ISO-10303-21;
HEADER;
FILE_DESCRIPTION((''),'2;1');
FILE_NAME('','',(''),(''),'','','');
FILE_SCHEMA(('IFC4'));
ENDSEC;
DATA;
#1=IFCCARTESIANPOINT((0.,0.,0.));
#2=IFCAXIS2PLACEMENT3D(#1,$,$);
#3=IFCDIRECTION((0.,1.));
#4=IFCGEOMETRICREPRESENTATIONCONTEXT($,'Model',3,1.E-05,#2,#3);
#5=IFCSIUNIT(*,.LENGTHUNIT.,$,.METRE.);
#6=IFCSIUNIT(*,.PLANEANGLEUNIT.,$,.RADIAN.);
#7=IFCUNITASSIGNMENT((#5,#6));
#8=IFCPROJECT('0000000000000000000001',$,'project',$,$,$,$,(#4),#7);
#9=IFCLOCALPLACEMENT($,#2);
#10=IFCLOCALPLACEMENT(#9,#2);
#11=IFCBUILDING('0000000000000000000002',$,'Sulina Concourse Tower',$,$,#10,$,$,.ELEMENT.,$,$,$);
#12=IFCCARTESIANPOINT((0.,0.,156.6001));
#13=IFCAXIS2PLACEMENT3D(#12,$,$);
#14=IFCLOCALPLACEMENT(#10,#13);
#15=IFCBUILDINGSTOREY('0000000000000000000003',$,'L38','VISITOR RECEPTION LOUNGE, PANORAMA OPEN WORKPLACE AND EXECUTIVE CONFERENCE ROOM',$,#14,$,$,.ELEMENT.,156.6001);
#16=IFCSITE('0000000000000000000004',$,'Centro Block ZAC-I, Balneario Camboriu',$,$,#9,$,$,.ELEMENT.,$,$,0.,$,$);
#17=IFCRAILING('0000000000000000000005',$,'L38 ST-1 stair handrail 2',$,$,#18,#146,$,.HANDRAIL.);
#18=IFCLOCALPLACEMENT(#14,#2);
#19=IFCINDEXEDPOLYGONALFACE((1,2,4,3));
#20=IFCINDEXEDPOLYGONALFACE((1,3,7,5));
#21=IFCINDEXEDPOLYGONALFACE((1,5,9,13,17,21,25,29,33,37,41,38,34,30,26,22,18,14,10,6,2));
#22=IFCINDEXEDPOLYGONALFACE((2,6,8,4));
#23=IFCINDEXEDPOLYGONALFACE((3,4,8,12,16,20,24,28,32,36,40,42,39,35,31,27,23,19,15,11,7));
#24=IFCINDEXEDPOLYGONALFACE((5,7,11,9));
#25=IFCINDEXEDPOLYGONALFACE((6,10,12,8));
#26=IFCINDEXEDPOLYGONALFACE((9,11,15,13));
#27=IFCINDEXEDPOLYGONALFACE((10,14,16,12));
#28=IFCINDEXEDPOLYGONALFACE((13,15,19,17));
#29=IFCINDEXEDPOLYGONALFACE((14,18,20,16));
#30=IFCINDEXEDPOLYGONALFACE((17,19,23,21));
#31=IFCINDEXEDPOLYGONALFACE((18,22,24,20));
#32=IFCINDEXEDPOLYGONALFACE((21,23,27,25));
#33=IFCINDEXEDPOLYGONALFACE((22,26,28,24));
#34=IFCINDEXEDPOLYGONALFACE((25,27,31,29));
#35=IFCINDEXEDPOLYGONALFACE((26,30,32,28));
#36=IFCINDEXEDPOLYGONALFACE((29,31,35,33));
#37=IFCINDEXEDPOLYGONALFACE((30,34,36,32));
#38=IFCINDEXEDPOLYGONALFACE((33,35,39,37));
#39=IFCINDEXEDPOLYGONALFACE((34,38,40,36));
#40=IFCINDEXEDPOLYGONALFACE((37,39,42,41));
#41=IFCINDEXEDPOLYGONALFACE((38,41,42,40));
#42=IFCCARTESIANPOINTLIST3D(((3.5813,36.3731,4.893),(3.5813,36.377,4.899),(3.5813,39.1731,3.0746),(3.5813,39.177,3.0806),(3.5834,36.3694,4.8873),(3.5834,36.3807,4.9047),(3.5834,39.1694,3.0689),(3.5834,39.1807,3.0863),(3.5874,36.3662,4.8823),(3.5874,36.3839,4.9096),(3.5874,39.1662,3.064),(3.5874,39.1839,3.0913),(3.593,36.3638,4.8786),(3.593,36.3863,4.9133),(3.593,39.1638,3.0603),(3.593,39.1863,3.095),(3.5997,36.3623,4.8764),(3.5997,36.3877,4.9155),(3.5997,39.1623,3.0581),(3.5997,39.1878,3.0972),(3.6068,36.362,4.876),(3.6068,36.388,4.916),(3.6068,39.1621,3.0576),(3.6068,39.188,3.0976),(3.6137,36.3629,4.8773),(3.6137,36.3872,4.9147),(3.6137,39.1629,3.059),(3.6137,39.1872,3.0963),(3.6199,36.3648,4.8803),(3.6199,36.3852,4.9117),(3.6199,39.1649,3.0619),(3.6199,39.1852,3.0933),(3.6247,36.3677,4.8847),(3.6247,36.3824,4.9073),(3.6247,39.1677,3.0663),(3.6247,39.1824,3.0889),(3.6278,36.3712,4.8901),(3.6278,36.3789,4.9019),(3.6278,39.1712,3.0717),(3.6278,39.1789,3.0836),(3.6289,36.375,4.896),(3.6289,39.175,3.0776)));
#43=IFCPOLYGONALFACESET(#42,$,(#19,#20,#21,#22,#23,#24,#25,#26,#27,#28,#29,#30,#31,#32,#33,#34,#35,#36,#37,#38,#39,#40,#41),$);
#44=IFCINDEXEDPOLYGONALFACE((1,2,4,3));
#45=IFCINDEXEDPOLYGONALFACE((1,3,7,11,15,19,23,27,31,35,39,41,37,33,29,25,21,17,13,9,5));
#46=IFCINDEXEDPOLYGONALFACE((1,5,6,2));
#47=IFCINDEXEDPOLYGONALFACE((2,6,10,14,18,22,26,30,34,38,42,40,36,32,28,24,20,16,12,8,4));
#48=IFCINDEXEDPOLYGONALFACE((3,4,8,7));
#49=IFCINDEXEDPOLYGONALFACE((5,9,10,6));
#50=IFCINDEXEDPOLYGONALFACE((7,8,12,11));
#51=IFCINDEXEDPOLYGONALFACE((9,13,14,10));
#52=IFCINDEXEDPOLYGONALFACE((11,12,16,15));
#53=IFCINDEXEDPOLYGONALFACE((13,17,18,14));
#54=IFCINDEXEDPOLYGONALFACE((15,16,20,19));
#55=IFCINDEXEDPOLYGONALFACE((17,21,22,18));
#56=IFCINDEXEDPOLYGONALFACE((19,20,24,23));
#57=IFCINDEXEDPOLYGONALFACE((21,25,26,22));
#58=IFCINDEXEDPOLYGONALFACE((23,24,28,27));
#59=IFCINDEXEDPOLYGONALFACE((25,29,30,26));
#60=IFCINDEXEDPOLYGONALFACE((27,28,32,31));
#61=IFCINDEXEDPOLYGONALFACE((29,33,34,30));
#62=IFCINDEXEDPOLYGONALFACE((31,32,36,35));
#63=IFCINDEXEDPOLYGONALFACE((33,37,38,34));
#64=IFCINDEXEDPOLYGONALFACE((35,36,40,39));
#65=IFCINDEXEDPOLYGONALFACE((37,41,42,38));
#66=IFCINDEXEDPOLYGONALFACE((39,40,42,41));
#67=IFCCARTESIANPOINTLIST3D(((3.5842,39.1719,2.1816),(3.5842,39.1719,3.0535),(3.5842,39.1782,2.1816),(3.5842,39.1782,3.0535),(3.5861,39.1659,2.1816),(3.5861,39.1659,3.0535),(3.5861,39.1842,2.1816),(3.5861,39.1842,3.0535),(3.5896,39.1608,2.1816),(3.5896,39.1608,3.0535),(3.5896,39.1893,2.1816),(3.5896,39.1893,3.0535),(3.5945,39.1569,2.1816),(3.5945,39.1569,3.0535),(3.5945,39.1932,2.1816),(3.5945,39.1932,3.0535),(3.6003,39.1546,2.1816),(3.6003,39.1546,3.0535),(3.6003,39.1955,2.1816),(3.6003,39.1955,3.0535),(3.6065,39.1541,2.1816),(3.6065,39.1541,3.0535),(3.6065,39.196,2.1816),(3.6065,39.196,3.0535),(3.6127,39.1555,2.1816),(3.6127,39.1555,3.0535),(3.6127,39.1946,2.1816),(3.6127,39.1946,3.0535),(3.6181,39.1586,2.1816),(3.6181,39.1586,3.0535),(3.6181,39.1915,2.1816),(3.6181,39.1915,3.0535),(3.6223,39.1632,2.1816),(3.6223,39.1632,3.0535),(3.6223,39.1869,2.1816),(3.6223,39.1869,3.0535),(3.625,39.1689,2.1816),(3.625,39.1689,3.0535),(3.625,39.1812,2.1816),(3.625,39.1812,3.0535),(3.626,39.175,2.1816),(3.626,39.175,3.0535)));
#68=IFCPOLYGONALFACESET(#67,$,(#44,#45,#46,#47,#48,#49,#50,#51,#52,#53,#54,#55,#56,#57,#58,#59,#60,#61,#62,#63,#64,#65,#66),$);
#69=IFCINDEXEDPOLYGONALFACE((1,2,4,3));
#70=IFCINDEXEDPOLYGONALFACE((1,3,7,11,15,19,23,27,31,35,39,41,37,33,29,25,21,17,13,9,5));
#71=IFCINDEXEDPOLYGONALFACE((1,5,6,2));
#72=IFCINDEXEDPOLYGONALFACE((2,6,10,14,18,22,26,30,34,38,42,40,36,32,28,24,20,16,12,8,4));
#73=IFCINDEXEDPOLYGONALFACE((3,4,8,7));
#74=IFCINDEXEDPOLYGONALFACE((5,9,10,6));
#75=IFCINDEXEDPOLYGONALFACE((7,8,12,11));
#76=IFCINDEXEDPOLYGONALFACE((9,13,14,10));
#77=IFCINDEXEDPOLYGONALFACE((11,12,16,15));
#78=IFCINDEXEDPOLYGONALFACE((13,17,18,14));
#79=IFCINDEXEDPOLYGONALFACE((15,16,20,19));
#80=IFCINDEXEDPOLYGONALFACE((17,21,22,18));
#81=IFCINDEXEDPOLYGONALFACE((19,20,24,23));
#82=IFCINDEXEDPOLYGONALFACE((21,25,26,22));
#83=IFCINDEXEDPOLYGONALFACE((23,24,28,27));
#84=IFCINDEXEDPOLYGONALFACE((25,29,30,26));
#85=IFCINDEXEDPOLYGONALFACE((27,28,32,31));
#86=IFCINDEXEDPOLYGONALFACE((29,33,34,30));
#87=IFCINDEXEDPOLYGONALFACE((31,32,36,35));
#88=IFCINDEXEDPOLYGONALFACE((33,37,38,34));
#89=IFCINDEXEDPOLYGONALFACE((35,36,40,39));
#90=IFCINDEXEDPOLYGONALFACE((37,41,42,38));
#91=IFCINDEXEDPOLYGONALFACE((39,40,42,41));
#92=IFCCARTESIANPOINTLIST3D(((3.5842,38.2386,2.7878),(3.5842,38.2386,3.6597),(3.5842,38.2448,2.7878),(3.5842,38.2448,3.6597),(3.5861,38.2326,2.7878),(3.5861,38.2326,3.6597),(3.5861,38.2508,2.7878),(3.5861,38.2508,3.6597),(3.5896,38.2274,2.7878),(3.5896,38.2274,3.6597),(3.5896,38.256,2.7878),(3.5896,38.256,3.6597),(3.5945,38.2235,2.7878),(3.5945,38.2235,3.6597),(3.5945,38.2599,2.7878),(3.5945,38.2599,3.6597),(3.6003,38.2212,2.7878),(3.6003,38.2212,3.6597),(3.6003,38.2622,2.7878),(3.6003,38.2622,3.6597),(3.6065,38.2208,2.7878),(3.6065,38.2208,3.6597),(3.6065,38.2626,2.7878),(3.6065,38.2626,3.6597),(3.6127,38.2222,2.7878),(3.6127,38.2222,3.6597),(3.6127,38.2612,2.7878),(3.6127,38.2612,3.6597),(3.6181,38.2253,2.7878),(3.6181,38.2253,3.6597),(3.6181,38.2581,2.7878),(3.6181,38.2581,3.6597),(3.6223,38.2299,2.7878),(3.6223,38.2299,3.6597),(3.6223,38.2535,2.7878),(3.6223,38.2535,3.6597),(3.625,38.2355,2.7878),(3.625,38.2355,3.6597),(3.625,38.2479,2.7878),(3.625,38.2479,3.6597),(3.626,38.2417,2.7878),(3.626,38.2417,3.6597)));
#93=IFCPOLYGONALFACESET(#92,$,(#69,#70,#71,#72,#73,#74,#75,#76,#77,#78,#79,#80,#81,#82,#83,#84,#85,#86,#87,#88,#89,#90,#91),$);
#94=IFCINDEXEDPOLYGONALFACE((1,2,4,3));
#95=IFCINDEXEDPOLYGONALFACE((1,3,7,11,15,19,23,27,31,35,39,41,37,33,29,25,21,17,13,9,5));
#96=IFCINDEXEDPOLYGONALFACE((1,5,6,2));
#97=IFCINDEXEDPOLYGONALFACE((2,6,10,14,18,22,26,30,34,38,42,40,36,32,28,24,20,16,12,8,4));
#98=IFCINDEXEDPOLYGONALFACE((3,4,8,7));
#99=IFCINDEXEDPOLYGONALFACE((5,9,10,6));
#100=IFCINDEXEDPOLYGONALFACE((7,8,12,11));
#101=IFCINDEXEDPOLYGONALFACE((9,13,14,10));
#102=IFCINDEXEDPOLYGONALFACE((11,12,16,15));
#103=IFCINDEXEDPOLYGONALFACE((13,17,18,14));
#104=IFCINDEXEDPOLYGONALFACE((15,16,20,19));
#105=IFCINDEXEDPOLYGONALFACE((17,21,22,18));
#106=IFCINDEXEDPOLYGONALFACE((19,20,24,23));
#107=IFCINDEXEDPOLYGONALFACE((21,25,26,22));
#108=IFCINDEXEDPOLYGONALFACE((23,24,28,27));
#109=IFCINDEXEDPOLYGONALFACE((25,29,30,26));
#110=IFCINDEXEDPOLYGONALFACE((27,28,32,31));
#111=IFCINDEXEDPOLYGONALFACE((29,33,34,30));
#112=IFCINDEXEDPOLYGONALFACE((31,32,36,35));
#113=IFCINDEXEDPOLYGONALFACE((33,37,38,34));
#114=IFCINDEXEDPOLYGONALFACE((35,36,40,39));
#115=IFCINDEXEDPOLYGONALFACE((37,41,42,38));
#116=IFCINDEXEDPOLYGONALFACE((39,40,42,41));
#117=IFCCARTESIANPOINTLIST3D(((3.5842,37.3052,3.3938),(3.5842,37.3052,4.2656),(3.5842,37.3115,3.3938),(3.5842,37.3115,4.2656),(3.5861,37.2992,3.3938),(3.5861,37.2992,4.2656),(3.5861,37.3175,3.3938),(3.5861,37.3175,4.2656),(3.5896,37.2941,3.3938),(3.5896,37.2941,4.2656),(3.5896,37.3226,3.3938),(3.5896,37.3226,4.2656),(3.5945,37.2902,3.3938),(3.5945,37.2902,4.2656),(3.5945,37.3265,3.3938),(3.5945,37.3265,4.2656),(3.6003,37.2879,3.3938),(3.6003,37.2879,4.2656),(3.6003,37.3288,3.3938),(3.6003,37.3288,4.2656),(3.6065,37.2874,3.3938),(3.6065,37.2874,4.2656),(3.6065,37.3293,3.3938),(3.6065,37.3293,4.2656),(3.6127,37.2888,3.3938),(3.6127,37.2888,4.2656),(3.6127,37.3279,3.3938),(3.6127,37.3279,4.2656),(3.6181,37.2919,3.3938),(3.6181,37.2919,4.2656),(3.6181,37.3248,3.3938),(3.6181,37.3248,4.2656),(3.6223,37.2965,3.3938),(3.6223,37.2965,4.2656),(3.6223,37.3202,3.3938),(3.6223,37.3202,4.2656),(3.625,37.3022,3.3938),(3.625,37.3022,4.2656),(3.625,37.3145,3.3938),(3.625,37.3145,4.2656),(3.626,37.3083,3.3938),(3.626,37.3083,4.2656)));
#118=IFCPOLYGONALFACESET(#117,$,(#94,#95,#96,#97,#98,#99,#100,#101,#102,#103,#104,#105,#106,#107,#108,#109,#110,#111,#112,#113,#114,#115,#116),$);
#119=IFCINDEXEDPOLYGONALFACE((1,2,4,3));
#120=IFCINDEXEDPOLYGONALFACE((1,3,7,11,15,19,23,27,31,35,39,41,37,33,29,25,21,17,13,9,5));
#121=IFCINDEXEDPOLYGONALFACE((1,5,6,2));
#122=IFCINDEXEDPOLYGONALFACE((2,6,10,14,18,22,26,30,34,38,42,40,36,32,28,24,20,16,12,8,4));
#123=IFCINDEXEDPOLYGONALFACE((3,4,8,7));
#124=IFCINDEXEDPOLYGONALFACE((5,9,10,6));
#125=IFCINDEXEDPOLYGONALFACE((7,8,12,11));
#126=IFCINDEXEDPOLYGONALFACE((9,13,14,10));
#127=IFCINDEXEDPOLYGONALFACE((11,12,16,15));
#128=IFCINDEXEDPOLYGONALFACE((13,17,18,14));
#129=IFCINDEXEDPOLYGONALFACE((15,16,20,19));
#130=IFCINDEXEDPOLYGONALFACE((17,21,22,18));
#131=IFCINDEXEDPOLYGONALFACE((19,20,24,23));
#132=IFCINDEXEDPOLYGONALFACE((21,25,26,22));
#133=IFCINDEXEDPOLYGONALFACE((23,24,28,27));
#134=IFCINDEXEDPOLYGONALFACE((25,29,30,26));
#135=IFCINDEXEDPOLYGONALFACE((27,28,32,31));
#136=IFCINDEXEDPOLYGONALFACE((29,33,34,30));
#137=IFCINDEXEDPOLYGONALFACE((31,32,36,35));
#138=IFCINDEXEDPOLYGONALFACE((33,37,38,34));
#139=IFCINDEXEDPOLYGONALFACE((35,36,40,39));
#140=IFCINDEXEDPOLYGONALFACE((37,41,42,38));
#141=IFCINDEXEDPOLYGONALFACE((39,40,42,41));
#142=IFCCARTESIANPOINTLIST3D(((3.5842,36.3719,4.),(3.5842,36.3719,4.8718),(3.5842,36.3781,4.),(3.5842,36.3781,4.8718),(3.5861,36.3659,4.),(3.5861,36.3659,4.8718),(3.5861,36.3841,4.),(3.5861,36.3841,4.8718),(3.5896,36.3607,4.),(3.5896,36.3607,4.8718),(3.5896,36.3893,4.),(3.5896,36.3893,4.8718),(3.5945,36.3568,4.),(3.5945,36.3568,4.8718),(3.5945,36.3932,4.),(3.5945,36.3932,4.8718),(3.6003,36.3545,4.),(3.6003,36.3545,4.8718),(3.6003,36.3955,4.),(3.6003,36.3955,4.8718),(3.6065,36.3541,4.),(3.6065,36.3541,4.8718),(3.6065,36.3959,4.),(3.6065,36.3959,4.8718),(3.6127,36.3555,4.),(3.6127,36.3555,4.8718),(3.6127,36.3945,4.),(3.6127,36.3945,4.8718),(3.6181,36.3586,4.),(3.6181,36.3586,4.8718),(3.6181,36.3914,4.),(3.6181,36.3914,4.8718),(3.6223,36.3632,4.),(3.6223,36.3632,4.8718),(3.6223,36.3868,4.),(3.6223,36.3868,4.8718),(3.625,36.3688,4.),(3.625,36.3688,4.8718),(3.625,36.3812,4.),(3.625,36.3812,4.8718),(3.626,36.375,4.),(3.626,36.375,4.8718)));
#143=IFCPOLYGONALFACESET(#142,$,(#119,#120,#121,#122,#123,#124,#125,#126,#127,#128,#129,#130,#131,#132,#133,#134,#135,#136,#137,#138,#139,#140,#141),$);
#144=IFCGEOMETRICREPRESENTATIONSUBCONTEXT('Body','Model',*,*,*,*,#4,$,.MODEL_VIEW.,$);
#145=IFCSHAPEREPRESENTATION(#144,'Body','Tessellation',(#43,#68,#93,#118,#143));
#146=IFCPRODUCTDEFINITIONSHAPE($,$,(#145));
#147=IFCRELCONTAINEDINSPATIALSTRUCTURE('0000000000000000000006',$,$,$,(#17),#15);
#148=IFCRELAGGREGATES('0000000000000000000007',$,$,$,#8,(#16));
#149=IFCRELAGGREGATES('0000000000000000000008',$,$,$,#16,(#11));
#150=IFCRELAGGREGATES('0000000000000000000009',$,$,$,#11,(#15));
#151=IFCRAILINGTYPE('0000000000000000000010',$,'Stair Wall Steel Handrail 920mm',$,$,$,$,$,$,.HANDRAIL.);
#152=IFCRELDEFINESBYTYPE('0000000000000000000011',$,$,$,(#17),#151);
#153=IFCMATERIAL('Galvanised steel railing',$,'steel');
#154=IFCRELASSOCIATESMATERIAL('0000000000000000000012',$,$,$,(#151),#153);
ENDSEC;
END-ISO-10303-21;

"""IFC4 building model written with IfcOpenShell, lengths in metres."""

from ifc_helpers import new_model, si_unit, direction, frame, origin, origin_2d, place, context, subcontext, project, spatial, circle, extrude, material, type_object, element, save


model = new_model("IFC4")

# Units and contexts
model_context = context("Model", 3, precision=1e-05, world=origin(), true_north=direction((0.0, 1.0)))
body_context = subcontext(model_context, "Body", "Model", "MODEL_VIEW")
ifc_project = project(units=[si_unit("LENGTHUNIT", "METRE"), si_unit("PLANEANGLEUNIT", "RADIAN")], contexts=[model_context])

# Site, building, storey
site_placement = place(None, origin())
site = spatial("IfcSite", under=ifc_project, at=site_placement, Name="Centro Block ZAC-I, Balneario Camboriu", CompositionType="ELEMENT", RefElevation=0.0)
building_placement = place(site_placement, origin())
building = spatial("IfcBuilding", under=site, at=building_placement, Name="Sulina Concourse Tower", CompositionType="ELEMENT")
storey_placement = place(building_placement, frame((0.0, 0.0, 156.6001)))
storey = spatial("IfcBuildingStorey", under=building, at=storey_placement, Name="L38", Description="VISITOR RECEPTION LOUNGE, PANORAMA OPEN WORKPLACE AND EXECUTIVE CONFERENCE ROOM", CompositionType="ELEMENT", Elevation=156.6001)

# Railing
ifc_material_1 = material(Name="Galvanised steel railing", Category="steel")
railing_type_1 = type_object("IfcRailingType", Name="Stair Wall Steel Handrail 920mm", PredefinedType="HANDRAIL", material=ifc_material_1)
railing_1_placement = place(storey_placement, frame((3.605, 39.175, 2.1816)))
element("IfcRailing", 1, at=railing_1_placement, inside=storey, type_object=railing_type_1, Name="L38 ST-1 stair handrail 2", PredefinedType="HANDRAIL", context=body_context, shape_type="SweptSolid", body=[
    extrude(circle(Radius=0.0239, at=origin_2d()), frame((0.0, 0.0, 0.896), z_axis=(0.0, -0.838672, 0.544636), x_axis=(1.0, 0.0, 0.0)), (0.0, 0.0, 1.0), 3.3386),
    extrude(circle(Radius=0.021, at=origin_2d()), origin(), (0.0, 0.0, 1.0), 0.8718),
    extrude(circle(Radius=0.021, at=origin_2d()), frame((0.0, -0.9333, 0.6062)), (0.0, 0.0, 1.0), 0.8718),
    extrude(circle(Radius=0.021, at=origin_2d()), frame((0.0, -1.8667, 1.2122)), (0.0, 0.0, 1.0), 0.8718),
    extrude(circle(Radius=0.021, at=origin_2d()), frame((0.0, -2.8, 1.8184)), (0.0, 0.0, 1.0), 0.8718),
])

save(model, "model.ifc")
